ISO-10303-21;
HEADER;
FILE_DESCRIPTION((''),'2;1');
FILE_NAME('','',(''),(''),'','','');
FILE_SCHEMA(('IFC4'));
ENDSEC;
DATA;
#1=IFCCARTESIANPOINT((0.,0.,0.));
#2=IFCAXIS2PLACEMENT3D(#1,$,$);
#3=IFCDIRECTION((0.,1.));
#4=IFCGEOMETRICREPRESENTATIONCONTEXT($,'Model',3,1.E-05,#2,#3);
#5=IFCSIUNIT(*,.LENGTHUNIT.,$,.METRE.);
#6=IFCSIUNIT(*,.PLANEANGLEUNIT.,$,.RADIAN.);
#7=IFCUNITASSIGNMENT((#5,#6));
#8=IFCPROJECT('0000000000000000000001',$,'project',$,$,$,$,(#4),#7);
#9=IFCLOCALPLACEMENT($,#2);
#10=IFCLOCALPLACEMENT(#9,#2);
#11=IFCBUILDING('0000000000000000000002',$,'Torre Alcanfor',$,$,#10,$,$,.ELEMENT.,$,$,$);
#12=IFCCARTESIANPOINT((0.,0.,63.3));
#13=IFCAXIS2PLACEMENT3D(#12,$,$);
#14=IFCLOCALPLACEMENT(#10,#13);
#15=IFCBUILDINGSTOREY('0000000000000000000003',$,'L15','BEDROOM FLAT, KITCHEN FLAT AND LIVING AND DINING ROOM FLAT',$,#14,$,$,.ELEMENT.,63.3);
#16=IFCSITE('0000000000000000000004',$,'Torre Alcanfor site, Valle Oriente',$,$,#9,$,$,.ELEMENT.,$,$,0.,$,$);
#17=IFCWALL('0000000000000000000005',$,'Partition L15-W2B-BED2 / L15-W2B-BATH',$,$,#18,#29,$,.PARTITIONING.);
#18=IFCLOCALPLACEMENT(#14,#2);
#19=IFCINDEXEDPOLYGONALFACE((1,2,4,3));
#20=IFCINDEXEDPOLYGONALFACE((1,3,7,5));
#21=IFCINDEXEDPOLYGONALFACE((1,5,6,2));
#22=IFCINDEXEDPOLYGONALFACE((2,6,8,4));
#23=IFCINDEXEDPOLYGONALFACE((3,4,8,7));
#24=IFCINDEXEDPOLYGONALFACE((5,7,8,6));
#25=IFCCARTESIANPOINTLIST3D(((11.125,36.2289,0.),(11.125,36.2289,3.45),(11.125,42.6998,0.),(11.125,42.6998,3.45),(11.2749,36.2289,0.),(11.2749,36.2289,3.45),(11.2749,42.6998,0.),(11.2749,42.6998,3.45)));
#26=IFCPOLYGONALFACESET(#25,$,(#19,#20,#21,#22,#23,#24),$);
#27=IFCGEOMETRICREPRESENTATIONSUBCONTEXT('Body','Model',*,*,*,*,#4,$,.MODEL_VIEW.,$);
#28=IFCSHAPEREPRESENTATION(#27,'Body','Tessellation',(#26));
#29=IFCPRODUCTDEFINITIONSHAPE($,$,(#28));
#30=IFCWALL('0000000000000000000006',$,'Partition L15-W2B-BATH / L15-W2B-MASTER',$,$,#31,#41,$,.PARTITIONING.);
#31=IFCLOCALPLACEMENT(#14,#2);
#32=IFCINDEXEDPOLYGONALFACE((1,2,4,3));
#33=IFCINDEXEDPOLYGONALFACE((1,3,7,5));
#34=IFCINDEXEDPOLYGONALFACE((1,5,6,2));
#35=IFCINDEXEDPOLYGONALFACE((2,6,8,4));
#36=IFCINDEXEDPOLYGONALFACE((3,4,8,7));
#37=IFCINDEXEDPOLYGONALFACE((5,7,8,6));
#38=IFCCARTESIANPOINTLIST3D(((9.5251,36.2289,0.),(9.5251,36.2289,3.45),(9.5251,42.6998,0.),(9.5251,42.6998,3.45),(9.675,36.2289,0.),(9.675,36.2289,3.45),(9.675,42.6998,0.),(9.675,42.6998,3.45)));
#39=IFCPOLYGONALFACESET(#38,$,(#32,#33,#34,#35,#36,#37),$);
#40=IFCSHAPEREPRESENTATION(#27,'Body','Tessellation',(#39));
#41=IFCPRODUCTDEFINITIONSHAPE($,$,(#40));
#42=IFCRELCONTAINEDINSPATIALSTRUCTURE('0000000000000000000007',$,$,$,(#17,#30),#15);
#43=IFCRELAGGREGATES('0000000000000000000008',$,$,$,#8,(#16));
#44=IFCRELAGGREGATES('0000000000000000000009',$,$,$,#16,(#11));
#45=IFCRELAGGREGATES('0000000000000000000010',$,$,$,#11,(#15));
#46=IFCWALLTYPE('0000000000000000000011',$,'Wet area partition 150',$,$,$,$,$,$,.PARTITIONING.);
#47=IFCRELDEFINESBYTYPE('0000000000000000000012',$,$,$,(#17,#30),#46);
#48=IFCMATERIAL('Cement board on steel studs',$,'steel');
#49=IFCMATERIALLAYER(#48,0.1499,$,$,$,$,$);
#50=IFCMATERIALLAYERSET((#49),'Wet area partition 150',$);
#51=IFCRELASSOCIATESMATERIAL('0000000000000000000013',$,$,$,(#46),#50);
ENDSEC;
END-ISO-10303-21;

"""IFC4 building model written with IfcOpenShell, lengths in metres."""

from ifc_helpers import new_model, si_unit, direction, frame, frame_2d, origin, place, context, subcontext, project, spatial, rectangle, extrude, material, layer, layer_set, type_object, element, save


model = new_model("IFC4")

# Units and contexts
model_context = context("Model", 3, precision=1e-05, world=origin(), true_north=direction((0.0, 1.0)))
body_context = subcontext(model_context, "Body", "Model", "MODEL_VIEW")
ifc_project = project(units=[si_unit("LENGTHUNIT", "METRE"), si_unit("PLANEANGLEUNIT", "RADIAN")], contexts=[model_context])

# Site, building, storey
site_placement = place(None, origin())
site = spatial("IfcSite", under=ifc_project, at=site_placement, Name="Torre Alcanfor site, Valle Oriente", CompositionType="ELEMENT", RefElevation=0.0)
building_placement = place(site_placement, origin())
building = spatial("IfcBuilding", under=site, at=building_placement, Name="Torre Alcanfor", CompositionType="ELEMENT")
storey_placement = place(building_placement, frame((0.0, 0.0, 63.3)))
storey = spatial("IfcBuildingStorey", under=building, at=storey_placement, Name="L15", Description="BEDROOM FLAT, KITCHEN FLAT AND LIVING AND DINING ROOM FLAT", CompositionType="ELEMENT", Elevation=63.3)

# Shared definitions
ifc_material_1 = material(Name="Cement board on steel studs", Category="steel")
ifc_layer_1 = layer(ifc_material_1, 0.1499)
ifc_layer_set_1 = layer_set([ifc_layer_1], Name="Wet area partition 150")
wall_type_1 = type_object("IfcWallType", Name="Wet area partition 150", PredefinedType="PARTITIONING", material=ifc_layer_set_1)

# Walls
for number, where, z_axis, x_axis, name in (
    (1, (11.2, 36.229, 0.0), (0.0, 0.0, 1.0), (0.0, 1.0, 0.0), "Partition L15-W2B-BED2 / L15-W2B-BATH"),
    (2, (9.6001, 36.229, 0.0), (0.0, 0.0, 1.0), (0.0, 1.0, 0.0), "Partition L15-W2B-BATH / L15-W2B-MASTER"),
):
    element("IfcWall", number, at=place(storey_placement, frame(where, z_axis=z_axis, x_axis=x_axis)), inside=storey, type_object=wall_type_1, Name=name, PredefinedType="PARTITIONING", context=body_context, shape_type="SweptSolid", body=[
        extrude(rectangle(XDim=6.4709, YDim=0.1499, at=frame_2d((3.2354, 0.0))), origin(), (0.0, 0.0, 1.0), 3.45),
    ])

save(model, "model.ifc")
